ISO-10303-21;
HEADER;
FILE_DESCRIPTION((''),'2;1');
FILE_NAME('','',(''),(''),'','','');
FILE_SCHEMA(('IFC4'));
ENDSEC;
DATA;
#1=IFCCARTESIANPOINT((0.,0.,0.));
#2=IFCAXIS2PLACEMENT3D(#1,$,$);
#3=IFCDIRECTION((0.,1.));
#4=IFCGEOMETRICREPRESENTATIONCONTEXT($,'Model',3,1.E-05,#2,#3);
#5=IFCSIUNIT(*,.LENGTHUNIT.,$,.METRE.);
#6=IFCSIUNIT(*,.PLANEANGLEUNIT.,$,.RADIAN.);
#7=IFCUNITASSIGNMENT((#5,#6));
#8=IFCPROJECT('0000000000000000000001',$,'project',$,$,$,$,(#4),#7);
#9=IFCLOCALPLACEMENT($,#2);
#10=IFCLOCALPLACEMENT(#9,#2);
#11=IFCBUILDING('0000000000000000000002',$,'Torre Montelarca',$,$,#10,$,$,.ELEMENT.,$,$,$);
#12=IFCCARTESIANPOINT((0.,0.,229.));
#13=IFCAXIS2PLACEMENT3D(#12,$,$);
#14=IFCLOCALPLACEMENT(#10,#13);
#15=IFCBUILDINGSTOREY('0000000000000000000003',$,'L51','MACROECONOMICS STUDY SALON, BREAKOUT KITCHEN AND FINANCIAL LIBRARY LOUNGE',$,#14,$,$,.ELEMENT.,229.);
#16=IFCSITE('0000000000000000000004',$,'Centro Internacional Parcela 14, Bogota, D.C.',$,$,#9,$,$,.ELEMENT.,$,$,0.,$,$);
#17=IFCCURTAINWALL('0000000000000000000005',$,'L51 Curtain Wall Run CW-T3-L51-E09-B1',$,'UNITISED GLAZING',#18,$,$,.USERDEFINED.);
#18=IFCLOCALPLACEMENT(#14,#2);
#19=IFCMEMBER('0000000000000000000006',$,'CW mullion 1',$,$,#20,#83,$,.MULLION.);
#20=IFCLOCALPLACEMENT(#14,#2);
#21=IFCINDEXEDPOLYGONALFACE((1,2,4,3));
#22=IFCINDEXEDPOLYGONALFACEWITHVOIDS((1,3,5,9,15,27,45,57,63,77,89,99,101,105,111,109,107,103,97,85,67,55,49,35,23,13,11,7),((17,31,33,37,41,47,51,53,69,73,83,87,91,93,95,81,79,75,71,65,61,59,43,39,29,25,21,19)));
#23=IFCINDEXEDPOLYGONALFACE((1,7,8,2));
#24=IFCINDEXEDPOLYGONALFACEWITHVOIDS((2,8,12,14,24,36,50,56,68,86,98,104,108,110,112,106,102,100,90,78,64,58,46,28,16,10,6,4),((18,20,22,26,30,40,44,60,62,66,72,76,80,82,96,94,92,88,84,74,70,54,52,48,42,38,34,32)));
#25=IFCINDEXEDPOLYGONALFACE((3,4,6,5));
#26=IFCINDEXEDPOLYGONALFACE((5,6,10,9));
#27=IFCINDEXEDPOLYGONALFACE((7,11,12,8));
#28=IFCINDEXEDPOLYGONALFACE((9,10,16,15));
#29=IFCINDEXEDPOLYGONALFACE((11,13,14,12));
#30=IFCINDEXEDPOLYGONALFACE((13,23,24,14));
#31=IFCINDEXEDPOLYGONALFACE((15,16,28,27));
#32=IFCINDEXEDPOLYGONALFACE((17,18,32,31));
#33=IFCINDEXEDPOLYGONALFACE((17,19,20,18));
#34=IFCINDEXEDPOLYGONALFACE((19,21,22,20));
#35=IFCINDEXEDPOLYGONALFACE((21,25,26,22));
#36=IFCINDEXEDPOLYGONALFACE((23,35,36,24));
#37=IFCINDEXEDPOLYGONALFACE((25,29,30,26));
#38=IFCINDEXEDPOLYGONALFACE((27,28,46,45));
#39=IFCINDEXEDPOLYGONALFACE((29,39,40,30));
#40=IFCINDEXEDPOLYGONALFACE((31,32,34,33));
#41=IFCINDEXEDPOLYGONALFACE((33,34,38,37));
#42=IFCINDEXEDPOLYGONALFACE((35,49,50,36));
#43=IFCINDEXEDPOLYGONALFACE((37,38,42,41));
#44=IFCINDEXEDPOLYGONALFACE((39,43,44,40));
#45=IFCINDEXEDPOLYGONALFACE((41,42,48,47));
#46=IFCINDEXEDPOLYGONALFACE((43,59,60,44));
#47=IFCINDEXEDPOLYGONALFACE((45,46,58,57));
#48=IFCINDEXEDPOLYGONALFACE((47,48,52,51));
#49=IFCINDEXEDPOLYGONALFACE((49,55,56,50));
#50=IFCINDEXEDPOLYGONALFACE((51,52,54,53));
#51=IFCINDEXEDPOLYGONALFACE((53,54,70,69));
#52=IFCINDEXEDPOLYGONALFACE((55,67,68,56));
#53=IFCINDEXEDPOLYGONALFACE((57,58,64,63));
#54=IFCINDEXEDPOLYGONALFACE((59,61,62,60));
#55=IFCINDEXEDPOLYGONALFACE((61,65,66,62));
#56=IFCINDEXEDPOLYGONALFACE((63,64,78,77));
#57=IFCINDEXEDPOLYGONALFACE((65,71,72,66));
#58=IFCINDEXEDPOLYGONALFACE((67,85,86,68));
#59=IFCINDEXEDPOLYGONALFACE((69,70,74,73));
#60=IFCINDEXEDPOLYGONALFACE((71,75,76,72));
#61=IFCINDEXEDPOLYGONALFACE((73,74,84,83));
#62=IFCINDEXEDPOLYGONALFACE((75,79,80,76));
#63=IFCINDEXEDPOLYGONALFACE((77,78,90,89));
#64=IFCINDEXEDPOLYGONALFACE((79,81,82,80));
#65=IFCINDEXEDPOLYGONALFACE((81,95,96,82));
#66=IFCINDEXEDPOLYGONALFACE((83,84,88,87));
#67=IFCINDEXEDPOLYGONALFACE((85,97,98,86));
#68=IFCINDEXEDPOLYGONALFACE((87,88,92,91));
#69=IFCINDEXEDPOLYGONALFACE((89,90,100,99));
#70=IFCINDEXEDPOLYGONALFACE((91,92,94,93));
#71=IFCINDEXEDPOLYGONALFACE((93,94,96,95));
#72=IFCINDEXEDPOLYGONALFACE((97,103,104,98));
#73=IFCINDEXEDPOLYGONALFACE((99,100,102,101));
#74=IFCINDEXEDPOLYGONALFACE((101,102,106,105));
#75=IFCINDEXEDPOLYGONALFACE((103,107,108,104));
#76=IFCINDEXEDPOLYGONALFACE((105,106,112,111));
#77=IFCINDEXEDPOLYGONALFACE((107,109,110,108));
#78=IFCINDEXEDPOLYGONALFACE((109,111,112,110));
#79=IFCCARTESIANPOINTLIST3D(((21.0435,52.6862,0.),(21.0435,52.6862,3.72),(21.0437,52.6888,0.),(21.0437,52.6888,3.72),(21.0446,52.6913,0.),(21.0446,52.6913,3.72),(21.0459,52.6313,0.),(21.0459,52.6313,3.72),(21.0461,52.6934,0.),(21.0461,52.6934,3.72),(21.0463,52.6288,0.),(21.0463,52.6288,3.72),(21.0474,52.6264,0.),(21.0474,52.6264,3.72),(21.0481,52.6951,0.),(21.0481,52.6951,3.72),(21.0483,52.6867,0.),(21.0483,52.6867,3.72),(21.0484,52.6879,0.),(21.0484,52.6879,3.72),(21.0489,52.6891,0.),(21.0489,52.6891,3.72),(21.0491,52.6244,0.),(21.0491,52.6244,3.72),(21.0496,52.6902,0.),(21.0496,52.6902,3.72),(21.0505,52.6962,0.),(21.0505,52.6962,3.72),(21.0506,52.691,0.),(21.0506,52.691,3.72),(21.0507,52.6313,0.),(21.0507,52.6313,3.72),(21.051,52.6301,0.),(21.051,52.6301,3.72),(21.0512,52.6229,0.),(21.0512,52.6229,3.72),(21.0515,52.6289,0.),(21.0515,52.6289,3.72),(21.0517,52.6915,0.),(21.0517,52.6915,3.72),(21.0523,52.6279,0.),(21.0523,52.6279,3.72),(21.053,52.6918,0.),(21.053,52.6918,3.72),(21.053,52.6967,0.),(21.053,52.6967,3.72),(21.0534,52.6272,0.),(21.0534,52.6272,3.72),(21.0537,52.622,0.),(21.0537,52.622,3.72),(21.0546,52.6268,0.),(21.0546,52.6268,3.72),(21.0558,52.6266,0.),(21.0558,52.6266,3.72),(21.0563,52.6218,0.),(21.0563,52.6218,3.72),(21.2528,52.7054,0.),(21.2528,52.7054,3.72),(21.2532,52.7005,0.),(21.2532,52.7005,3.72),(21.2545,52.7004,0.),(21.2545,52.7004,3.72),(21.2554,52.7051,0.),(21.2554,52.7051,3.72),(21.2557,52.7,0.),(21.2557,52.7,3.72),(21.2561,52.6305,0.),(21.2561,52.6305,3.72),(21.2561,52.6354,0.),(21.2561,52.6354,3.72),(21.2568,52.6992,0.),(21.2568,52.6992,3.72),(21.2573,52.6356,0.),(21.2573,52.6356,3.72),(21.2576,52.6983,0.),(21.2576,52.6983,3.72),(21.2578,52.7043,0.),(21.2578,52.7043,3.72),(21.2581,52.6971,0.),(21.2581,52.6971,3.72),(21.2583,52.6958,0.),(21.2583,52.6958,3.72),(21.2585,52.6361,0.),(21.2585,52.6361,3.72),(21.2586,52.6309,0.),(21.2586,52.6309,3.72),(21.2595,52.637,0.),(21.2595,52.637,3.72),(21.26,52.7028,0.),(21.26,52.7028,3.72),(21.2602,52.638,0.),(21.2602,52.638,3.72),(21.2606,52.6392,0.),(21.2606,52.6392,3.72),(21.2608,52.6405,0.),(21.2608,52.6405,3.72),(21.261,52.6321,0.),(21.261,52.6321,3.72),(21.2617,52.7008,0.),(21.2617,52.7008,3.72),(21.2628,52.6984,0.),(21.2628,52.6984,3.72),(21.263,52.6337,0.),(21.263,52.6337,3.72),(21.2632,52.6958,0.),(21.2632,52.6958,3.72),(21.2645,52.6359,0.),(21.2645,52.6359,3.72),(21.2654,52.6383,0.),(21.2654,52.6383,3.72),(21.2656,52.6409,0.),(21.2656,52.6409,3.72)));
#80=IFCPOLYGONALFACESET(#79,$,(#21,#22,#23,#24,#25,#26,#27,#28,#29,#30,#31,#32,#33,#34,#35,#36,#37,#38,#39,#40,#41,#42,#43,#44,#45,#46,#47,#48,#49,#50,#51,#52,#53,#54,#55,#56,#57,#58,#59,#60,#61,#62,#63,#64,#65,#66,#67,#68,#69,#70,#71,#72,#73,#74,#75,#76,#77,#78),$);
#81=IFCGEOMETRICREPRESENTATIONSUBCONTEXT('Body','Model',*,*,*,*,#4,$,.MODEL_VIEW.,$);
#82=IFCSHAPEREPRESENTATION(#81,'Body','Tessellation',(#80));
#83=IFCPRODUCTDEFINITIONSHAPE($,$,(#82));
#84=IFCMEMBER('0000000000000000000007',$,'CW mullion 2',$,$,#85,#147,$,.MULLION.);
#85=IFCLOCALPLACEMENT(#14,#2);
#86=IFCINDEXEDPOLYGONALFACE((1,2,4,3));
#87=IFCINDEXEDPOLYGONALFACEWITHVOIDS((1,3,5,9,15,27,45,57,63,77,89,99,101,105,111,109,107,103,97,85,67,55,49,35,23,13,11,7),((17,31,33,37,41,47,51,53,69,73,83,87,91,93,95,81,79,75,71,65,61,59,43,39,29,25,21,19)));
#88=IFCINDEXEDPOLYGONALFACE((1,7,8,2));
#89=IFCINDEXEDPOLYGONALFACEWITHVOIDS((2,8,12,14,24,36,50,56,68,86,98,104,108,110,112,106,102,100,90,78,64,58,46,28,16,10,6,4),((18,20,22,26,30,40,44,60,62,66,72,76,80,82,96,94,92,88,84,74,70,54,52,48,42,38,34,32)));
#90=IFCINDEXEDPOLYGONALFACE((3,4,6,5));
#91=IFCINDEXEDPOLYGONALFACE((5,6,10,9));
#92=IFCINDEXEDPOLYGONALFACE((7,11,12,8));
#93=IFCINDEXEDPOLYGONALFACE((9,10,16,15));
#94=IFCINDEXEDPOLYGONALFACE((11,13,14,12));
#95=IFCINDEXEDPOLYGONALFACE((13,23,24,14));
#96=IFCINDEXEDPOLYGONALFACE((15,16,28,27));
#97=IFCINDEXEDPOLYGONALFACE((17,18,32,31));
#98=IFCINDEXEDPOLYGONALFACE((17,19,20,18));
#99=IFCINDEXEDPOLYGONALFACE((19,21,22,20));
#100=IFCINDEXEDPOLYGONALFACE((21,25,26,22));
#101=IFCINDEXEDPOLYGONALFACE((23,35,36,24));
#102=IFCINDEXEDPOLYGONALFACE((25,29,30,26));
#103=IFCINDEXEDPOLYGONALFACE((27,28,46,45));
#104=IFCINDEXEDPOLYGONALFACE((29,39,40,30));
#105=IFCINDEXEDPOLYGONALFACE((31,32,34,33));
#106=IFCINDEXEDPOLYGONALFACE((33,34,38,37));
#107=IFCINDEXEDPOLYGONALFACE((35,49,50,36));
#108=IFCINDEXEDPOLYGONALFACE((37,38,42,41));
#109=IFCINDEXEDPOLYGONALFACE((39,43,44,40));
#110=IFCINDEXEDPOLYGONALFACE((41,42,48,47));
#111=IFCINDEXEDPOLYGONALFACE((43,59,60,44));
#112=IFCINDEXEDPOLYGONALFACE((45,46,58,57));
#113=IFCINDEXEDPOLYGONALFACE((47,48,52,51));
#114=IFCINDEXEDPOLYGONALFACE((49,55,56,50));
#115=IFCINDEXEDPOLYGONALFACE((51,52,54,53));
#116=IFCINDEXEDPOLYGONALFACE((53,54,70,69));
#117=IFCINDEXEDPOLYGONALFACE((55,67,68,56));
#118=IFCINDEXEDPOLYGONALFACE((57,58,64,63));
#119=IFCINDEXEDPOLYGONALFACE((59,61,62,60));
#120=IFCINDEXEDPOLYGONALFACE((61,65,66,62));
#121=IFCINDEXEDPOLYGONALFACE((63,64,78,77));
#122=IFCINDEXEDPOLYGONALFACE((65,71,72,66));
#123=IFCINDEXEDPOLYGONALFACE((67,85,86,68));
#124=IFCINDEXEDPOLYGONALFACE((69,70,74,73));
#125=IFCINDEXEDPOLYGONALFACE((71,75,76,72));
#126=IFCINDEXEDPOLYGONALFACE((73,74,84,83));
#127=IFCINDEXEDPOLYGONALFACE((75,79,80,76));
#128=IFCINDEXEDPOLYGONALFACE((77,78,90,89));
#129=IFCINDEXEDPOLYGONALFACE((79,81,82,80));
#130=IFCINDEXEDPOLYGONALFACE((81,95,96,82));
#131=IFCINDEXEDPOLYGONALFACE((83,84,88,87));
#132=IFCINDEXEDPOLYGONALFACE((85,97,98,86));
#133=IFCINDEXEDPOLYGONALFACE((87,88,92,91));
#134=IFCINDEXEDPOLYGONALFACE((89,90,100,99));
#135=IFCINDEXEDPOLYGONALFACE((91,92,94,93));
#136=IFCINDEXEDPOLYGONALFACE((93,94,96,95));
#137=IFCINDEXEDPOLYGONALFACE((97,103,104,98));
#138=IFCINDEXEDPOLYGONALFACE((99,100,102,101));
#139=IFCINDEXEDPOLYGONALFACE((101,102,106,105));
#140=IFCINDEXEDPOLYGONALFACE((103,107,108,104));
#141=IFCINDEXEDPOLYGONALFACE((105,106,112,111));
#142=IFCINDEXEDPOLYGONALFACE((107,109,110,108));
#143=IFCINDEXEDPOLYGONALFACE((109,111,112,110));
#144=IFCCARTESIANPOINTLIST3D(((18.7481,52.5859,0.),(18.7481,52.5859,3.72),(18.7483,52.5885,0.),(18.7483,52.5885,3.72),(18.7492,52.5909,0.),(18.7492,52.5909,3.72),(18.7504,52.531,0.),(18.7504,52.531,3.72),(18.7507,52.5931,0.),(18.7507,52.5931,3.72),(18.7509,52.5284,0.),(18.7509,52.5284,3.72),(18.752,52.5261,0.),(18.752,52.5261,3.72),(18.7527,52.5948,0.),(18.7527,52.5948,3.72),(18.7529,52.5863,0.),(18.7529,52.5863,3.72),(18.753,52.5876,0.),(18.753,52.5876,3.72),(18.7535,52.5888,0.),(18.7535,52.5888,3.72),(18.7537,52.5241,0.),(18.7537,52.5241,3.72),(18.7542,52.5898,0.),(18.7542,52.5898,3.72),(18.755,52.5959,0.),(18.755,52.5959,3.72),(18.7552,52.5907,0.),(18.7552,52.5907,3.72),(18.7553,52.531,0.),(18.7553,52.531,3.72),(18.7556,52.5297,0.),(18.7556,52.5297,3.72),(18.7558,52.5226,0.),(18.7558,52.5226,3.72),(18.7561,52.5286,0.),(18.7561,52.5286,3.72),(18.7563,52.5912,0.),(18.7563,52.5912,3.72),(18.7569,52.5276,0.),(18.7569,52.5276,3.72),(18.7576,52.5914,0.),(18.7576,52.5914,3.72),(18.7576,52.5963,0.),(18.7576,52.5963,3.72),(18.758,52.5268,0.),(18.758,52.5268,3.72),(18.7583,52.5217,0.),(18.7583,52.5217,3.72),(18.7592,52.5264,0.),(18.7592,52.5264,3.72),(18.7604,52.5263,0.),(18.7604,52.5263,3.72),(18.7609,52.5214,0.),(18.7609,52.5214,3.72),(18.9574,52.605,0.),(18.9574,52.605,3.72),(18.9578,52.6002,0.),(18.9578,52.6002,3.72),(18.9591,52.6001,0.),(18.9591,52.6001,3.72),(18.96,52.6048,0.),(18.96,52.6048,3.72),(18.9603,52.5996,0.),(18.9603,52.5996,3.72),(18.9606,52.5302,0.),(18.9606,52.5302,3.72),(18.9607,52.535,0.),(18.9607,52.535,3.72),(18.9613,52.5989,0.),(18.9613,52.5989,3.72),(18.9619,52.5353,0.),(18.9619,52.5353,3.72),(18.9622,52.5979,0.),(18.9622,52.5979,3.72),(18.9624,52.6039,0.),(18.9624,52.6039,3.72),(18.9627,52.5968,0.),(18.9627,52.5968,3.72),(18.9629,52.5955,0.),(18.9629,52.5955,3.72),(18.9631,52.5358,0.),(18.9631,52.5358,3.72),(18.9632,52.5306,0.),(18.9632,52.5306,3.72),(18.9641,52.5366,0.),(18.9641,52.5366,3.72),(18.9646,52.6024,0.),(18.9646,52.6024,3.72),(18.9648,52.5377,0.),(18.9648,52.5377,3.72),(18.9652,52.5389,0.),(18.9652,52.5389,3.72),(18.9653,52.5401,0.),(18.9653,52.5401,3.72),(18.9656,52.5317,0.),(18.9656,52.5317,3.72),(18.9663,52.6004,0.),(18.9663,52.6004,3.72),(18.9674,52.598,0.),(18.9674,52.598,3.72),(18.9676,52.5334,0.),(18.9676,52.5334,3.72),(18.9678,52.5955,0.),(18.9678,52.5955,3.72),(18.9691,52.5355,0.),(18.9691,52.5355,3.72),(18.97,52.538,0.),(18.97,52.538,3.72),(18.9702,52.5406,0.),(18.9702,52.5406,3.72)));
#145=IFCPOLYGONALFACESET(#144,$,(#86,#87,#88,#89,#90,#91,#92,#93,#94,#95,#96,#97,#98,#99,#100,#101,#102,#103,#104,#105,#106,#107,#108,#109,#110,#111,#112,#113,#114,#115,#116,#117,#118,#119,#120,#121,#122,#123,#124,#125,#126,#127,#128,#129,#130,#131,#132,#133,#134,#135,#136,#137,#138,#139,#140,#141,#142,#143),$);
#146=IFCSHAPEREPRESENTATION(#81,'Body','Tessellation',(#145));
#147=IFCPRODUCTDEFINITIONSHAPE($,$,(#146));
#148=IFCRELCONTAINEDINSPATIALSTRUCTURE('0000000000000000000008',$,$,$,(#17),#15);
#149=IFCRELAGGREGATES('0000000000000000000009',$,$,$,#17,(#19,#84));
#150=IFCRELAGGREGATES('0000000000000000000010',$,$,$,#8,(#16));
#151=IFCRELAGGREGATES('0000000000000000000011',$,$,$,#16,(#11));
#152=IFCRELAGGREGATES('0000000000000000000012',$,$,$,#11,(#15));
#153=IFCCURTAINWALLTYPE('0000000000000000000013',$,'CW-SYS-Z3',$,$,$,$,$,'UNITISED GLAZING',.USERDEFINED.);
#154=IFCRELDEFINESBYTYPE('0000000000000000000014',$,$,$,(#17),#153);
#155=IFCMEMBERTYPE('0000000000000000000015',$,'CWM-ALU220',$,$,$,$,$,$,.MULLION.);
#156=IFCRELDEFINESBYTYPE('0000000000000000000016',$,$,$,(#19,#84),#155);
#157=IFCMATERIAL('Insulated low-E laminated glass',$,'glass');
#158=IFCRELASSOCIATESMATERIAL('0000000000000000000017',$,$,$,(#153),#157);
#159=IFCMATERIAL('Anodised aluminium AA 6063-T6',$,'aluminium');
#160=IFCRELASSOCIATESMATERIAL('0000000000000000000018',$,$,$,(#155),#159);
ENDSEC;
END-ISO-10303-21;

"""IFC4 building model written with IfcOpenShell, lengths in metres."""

from ifc_helpers import new_model, si_unit, direction, frame, origin, origin_2d, place, context, subcontext, project, spatial, hollow_rectangle, extrude, source, transform, mapped, material, material_profile, profile_set, type_object, element, aggregate, save


model = new_model("IFC4")

# Units and contexts
model_context = context("Model", 3, precision=1e-05, world=origin(), true_north=direction((0.0, 1.0)))
body_context = subcontext(model_context, "Body", "Model", "MODEL_VIEW")
ifc_project = project(units=[si_unit("LENGTHUNIT", "METRE"), si_unit("PLANEANGLEUNIT", "RADIAN")], contexts=[model_context])

# Site, building, storey
site_placement = place(None, origin())
site = spatial("IfcSite", under=ifc_project, at=site_placement, Name="Centro Internacional Parcela 14, Bogota, D.C.", CompositionType="ELEMENT", RefElevation=0.0)
building_placement = place(site_placement, origin())
building = spatial("IfcBuilding", under=site, at=building_placement, Name="Torre Montelarca", CompositionType="ELEMENT")
storey_placement = place(building_placement, frame((0.0, 0.0, 229.0)))
storey = spatial("IfcBuildingStorey", under=building, at=storey_placement, Name="L51", Description="MACROECONOMICS STUDY SALON, BREAKOUT KITCHEN AND FINANCIAL LIBRARY LOUNGE", CompositionType="ELEMENT", Elevation=229.0)

# Curtain wall, members
ifc_material_1 = material(Name="Insulated low-E laminated glass", Category="glass")
curtain_wall_type = type_object("IfcCurtainWallType", Name="CW-SYS-Z3", ElementType="UNITISED GLAZING", PredefinedType="USERDEFINED", material=ifc_material_1)
ifc_material_2 = material(Name="Anodised aluminium AA 6063-T6", Category="aluminium")
ifc_material_profile_1 = material_profile(ifc_material_2, hollow_rectangle(XDim=0.075, YDim=0.22, WallThickness=0.0049, InnerFilletRadius=0.0049, OuterFilletRadius=0.01, at=origin_2d()), Name="ALU75X220X5", Category="aluminium")
ifc_profile_set_1 = profile_set([ifc_material_profile_1], Name="Anodised aluminium AA 6063-T6")
member_type_1 = type_object("IfcMemberType", Name="CWM-ALU220", PredefinedType="MULLION", material=ifc_profile_set_1)
shared_shape_1 = source(origin(), body_context, "Body", "SweptSolid", [
    extrude(hollow_rectangle(XDim=0.075, YDim=0.22, WallThickness=0.0049, InnerFilletRadius=0.0049, OuterFilletRadius=0.01, at=origin_2d()), origin(), (0.0, 0.0, 1.0), 3.72),
])
curtain_wall_1_placement = place(storey_placement, origin())
curtain_wall_1 = element("IfcCurtainWall", 1, at=curtain_wall_1_placement, inside=storey, type_object=curtain_wall_type, Name="L51 Curtain Wall Run CW-T3-L51-E09-B1", ObjectType="UNITISED GLAZING", PredefinedType="USERDEFINED")
member_1_placement = place(storey_placement, frame((21.1545, 52.6636, 0.0), z_axis=(0.0, 0.0, 1.0), x_axis=(0.043614, -0.999048, 0.0)))
member_1 = element("IfcMember", 2, at=member_1_placement, type_object=member_type_1, Name="CW mullion 1", PredefinedType="MULLION", context=body_context, shape_type="MappedRepresentation", body=[
    mapped(shared_shape_1, transform((0.0, 0.0, 0.0), scale=1.0)),
])
member_2_placement = place(storey_placement, frame((18.8591, 52.5632, 0.0), z_axis=(0.0, 0.0, 1.0), x_axis=(0.043614, -0.999048, 0.0)))
member_2 = element("IfcMember", 3, at=member_2_placement, type_object=member_type_1, Name="CW mullion 2", PredefinedType="MULLION", context=body_context, shape_type="MappedRepresentation", body=[
    mapped(shared_shape_1, transform((0.0, 0.0, 0.0), scale=1.0)),
])

aggregate(curtain_wall_1, [member_1, member_2])

save(model, "model.ifc")
